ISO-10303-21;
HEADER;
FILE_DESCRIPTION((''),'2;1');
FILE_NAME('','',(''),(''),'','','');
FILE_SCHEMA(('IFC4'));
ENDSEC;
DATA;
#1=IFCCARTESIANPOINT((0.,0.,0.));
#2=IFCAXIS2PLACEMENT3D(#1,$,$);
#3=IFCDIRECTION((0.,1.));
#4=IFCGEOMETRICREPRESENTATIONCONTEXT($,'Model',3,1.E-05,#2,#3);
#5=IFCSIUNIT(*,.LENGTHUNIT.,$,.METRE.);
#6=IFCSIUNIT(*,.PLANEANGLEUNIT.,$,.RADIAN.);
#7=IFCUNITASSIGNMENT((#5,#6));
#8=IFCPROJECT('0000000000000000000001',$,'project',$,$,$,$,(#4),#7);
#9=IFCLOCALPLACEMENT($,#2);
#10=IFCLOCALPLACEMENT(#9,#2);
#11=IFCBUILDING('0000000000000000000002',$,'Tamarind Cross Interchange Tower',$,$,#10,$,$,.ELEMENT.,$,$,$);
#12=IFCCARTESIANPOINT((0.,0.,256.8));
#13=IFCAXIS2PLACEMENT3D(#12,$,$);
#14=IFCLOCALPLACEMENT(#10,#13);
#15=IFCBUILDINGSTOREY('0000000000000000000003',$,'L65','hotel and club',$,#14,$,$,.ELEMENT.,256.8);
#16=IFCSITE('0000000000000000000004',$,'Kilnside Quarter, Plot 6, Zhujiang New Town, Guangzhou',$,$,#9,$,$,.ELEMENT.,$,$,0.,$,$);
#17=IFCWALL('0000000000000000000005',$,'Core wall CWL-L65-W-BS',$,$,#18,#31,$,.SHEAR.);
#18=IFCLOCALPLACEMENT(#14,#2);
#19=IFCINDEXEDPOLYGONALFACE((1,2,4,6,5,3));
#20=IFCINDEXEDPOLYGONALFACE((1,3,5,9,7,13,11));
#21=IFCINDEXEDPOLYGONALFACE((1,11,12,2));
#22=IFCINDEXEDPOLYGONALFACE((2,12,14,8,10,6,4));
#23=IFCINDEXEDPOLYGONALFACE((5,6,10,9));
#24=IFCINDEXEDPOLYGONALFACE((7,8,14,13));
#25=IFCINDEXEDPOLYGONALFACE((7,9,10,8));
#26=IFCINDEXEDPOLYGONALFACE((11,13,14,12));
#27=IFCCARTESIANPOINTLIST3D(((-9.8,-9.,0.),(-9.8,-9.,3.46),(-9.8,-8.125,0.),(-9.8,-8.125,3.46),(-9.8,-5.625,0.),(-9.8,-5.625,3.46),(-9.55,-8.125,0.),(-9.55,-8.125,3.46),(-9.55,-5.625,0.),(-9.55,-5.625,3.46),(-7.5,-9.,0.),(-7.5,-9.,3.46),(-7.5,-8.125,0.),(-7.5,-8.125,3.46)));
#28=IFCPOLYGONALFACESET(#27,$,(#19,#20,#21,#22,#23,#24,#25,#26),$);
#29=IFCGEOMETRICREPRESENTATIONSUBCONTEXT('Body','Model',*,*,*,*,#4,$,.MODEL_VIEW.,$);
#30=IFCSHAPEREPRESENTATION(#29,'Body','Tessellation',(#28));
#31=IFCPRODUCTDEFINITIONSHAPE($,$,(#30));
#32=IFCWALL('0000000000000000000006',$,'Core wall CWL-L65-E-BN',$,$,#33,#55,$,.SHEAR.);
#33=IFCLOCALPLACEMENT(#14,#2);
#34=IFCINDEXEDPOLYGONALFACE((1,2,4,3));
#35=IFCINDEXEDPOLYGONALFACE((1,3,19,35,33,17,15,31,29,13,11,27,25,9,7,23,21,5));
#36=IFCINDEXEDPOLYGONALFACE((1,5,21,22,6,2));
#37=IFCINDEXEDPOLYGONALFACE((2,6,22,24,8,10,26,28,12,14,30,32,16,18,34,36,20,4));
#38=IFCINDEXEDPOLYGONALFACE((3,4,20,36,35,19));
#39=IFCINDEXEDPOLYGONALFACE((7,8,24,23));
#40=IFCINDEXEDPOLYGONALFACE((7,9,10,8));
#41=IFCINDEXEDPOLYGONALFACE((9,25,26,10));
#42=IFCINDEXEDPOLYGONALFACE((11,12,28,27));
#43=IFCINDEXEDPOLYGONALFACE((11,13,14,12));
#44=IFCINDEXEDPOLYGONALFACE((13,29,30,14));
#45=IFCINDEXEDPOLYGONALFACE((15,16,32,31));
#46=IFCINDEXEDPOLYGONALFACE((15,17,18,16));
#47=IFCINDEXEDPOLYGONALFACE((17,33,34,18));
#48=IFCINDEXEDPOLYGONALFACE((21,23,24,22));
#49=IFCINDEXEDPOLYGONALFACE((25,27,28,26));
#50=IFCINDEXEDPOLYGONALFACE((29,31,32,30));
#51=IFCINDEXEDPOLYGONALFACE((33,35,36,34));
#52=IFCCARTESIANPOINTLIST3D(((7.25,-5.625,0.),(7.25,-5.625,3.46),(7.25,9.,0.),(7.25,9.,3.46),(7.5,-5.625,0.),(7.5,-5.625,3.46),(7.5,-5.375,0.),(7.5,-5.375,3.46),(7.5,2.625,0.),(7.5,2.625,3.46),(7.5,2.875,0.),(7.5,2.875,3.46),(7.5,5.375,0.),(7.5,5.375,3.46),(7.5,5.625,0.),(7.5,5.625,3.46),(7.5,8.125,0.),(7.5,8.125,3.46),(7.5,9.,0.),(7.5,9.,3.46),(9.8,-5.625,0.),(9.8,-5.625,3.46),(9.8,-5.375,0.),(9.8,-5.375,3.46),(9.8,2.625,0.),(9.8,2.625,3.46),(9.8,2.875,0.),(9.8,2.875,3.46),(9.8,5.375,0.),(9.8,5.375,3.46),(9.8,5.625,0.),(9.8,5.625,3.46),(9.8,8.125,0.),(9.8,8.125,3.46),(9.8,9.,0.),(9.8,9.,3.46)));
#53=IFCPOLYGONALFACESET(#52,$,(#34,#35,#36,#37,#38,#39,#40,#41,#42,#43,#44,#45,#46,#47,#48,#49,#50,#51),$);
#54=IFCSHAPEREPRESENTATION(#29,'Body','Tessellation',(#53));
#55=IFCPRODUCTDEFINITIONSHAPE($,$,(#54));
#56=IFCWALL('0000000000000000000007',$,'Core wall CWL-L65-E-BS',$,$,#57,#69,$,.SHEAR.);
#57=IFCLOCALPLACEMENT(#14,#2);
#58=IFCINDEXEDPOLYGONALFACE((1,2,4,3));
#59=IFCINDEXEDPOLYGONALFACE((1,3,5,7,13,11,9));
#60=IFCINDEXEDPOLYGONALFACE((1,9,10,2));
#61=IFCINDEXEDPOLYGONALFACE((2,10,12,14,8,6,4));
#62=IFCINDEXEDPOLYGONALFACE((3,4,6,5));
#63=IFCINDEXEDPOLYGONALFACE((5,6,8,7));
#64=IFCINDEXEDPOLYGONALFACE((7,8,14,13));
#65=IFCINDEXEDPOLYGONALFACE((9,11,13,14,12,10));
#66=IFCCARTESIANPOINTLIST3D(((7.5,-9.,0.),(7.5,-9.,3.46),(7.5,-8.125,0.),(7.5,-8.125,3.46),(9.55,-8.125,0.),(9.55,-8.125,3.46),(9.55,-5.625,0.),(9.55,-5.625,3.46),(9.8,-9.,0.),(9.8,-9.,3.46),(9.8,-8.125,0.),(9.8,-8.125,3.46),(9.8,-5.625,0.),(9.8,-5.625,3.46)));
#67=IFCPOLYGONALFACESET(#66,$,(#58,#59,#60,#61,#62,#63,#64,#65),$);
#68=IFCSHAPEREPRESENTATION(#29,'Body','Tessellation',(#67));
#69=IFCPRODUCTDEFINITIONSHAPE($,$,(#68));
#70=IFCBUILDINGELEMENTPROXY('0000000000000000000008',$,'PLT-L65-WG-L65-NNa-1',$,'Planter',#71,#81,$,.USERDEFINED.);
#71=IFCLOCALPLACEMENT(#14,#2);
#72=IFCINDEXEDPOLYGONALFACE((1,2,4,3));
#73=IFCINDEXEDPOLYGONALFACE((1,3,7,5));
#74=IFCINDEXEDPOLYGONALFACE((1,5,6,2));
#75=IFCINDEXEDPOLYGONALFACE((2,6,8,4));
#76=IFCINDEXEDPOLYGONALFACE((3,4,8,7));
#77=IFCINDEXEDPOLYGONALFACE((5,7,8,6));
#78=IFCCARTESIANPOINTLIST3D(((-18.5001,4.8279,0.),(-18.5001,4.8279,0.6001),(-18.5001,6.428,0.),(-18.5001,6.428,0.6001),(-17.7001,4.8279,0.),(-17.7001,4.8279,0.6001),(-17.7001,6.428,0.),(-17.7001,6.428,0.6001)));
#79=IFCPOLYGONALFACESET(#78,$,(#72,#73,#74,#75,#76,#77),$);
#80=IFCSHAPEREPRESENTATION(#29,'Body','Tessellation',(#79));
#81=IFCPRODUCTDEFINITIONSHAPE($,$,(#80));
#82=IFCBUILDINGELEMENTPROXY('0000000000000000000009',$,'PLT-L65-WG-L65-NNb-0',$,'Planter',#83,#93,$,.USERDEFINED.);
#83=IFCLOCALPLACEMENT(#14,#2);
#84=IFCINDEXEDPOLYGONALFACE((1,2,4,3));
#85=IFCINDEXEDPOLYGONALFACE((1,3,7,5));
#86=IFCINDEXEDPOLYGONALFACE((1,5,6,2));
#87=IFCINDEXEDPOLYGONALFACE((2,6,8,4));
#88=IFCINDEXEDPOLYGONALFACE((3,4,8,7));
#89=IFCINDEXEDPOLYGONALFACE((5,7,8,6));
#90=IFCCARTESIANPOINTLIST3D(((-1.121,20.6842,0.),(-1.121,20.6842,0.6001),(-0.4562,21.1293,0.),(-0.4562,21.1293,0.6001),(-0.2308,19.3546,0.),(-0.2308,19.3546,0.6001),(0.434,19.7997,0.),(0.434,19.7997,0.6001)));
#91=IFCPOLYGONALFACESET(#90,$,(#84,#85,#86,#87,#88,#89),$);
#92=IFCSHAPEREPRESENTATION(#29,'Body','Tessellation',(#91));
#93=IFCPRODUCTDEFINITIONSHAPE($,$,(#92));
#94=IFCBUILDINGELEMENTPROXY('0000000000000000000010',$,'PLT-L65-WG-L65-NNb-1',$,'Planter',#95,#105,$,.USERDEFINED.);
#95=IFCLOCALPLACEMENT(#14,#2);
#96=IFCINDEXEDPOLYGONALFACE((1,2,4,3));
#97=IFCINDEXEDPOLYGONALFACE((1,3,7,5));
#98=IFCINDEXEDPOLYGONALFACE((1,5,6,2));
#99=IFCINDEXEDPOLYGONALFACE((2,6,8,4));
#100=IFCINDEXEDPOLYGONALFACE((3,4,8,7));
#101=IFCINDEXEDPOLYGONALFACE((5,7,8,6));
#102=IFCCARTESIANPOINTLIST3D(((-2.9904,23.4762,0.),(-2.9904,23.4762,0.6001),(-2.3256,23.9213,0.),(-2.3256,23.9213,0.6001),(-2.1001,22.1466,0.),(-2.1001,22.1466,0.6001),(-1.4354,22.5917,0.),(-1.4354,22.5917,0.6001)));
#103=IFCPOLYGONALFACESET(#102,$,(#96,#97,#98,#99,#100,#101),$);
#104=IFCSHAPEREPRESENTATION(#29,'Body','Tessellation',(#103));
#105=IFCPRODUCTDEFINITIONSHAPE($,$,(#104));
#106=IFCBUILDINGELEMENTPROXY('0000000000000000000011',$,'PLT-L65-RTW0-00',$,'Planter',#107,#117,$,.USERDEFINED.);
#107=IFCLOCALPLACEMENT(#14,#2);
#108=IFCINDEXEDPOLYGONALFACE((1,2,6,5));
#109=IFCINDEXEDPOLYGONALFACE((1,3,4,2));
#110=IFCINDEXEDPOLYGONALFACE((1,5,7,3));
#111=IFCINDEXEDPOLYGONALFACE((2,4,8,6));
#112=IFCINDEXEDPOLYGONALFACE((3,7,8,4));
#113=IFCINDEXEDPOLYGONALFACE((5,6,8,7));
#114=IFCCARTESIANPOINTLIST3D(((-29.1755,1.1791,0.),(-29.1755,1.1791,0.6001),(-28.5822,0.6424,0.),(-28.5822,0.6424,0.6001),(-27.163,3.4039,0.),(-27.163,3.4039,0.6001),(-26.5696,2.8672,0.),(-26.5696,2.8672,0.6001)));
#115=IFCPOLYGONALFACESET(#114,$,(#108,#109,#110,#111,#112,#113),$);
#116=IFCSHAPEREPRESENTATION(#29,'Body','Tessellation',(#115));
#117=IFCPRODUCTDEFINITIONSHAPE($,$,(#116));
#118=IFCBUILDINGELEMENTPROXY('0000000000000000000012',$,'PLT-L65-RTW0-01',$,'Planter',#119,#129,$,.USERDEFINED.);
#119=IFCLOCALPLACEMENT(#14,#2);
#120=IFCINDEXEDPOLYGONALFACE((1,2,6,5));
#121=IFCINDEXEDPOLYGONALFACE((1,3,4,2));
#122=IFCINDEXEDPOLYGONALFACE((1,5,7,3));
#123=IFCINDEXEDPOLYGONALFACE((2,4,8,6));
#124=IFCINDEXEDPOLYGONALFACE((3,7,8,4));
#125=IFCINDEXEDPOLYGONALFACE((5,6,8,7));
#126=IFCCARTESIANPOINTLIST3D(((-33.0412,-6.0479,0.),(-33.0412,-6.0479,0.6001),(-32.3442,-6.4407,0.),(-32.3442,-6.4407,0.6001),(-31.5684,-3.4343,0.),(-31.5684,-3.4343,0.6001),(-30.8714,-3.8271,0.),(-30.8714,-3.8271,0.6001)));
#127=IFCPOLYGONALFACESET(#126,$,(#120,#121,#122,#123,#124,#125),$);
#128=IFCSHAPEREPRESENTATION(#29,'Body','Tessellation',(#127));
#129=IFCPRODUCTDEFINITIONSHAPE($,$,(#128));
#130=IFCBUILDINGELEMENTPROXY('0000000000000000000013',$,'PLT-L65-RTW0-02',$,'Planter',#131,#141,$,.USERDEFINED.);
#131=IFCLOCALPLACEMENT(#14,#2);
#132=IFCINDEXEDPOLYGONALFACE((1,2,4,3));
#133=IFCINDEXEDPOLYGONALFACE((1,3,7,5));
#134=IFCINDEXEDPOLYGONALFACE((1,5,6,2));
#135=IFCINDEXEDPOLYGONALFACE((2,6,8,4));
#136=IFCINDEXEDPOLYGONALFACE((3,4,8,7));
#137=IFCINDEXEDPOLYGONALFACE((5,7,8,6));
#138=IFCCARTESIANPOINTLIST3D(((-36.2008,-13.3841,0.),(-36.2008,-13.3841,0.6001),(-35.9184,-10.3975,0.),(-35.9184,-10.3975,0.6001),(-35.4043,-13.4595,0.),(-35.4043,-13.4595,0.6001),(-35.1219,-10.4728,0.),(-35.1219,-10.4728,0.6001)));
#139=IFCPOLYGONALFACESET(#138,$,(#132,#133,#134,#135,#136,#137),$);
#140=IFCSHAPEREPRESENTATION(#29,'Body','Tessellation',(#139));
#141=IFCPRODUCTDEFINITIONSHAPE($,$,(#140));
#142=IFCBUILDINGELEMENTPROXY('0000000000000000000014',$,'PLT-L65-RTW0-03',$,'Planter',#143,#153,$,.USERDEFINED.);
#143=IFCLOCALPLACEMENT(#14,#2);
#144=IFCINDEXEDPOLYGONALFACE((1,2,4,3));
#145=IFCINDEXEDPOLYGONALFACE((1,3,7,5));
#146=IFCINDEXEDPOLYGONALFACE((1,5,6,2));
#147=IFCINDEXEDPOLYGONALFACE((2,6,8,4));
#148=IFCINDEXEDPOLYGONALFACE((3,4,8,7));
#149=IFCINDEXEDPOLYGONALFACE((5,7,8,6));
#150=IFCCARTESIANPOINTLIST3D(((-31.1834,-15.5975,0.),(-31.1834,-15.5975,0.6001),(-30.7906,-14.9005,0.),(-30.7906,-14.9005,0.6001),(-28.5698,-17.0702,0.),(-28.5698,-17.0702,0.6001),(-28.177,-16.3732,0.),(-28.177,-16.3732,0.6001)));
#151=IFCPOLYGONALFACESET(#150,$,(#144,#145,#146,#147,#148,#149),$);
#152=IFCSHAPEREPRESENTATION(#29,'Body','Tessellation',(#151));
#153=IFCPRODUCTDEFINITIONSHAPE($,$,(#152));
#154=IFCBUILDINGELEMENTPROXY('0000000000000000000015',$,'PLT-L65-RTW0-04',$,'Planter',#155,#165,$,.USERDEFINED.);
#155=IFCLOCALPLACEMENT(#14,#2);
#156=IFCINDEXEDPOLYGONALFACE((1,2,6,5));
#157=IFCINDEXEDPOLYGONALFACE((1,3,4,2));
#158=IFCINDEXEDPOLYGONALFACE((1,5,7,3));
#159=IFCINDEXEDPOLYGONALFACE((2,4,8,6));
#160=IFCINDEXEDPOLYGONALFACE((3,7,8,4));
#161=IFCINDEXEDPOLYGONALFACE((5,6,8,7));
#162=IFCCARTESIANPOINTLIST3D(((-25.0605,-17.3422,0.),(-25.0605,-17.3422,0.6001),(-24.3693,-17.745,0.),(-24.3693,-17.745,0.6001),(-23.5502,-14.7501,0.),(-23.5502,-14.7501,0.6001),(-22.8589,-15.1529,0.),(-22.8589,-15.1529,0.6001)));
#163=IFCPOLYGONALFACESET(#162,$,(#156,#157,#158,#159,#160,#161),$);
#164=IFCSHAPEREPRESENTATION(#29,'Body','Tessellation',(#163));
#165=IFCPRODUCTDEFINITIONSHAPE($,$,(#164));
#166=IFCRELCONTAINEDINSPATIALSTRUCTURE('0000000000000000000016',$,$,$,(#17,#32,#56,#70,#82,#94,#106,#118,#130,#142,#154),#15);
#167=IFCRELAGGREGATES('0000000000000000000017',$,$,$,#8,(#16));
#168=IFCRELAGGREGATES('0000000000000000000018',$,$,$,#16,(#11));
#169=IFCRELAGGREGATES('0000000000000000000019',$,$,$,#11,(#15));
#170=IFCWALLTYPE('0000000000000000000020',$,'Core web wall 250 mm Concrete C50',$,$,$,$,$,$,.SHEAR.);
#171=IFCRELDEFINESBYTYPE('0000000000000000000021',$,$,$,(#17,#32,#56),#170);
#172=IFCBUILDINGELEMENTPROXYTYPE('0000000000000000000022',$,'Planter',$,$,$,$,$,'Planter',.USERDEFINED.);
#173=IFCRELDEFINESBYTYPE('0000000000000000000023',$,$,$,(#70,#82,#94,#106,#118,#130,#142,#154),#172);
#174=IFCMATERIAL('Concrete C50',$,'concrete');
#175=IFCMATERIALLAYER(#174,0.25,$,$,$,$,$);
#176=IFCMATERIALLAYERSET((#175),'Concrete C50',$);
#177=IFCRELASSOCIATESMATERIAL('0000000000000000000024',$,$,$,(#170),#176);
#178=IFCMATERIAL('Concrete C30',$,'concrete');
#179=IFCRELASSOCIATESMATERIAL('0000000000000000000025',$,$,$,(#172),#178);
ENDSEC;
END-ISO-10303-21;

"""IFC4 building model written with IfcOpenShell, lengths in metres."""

from ifc_helpers import new_model, si_unit, direction, frame, origin, origin_2d, place, context, subcontext, project, spatial, polyline, rectangle, outline, extrude, material, layer, layer_set, type_object, element, save


model = new_model("IFC4")

# Units and contexts
model_context = context("Model", 3, precision=1e-05, world=origin(), true_north=direction((0.0, 1.0)))
body_context = subcontext(model_context, "Body", "Model", "MODEL_VIEW")
ifc_project = project(units=[si_unit("LENGTHUNIT", "METRE"), si_unit("PLANEANGLEUNIT", "RADIAN")], contexts=[model_context])

# Site, building, storey
site_placement = place(None, origin())
site = spatial("IfcSite", under=ifc_project, at=site_placement, Name="Kilnside Quarter, Plot 6, Zhujiang New Town, Guangzhou", CompositionType="ELEMENT", RefElevation=0.0)
building_placement = place(site_placement, origin())
building = spatial("IfcBuilding", under=site, at=building_placement, Name="Tamarind Cross Interchange Tower", CompositionType="ELEMENT")
storey_placement = place(building_placement, frame((0.0, 0.0, 256.8)))
storey = spatial("IfcBuildingStorey", under=building, at=storey_placement, Name="L65", Description="hotel and club", CompositionType="ELEMENT", Elevation=256.8)

# Walls
ifc_material_1 = material(Name="Concrete C50", Category="concrete")
ifc_layer_1 = layer(ifc_material_1, 0.25)
ifc_layer_set_1 = layer_set([ifc_layer_1], Name="Concrete C50")
wall_type_1 = type_object("IfcWallType", Name="Core web wall 250 mm Concrete C50", PredefinedType="SHEAR", material=ifc_layer_set_1)
wall_1_placement = place(storey_placement, origin())
element("IfcWall", 1, at=wall_1_placement, inside=storey, type_object=wall_type_1, Name="Core wall CWL-L65-W-BS", PredefinedType="SHEAR", context=body_context, shape_type="SweptSolid", body=[
    extrude(outline(polyline([(-7.5, -8.125), (-9.55, -8.125), (-9.55, -5.625), (-9.8, -5.625), (-9.8, -8.125), (-9.8, -9.0), (-7.5, -9.0), (-7.5, -8.125)])), origin(), (0.0, 0.0, 1.0), 3.46),
])
wall_2_placement = place(storey_placement, origin())
element("IfcWall", 2, at=wall_2_placement, inside=storey, type_object=wall_type_1, Name="Core wall CWL-L65-E-BN", PredefinedType="SHEAR", context=body_context, shape_type="SweptSolid", body=[
    extrude(outline(polyline([(9.8, -5.375), (7.5, -5.375), (7.5, 2.625), (9.8, 2.625), (9.8, 2.875), (7.5, 2.875), (7.5, 5.375), (9.8, 5.375), (9.8, 5.625), (7.5, 5.625), (7.5, 8.125), (9.8, 8.125), (9.8, 9.0), (7.5, 9.0), (7.25, 9.0), (7.25, -5.625), (7.5, -5.625), (9.8, -5.625), (9.8, -5.375)])), origin(), (0.0, 0.0, 1.0), 3.46),
])
wall_3_placement = place(storey_placement, origin())
element("IfcWall", 3, at=wall_3_placement, inside=storey, type_object=wall_type_1, Name="Core wall CWL-L65-E-BS", PredefinedType="SHEAR", context=body_context, shape_type="SweptSolid", body=[
    extrude(outline(polyline([(7.5, -8.125), (7.5, -9.0), (9.8, -9.0), (9.8, -8.125), (9.8, -5.625), (9.55, -5.625), (9.55, -8.125), (7.5, -8.125)])), origin(), (0.0, 0.0, 1.0), 3.46),
])

# Building element proxies
ifc_material_2 = material(Name="Concrete C30", Category="concrete")
building_element_proxy_type = type_object("IfcBuildingElementProxyType", Name="Planter", ElementType="Planter", PredefinedType="USERDEFINED", material=ifc_material_2)
proxy_1_placement = place(storey_placement, origin())
element("IfcBuildingElementProxy", 4, at=proxy_1_placement, inside=storey, type_object=building_element_proxy_type, Name="PLT-L65-WG-L65-NNa-1", ObjectType="Planter", PredefinedType="USERDEFINED", context=body_context, shape_type="SweptSolid", body=[
    extrude(rectangle(XDim=1.6001, YDim=0.8, at=origin_2d()), frame((-18.1001, 5.6279, 0.0), z_axis=(0.0, 0.0, 1.0), x_axis=(0.0, -1.0, 0.0)), (0.0, 0.0, 1.0), 0.6001),
])
proxy_2_placement = place(storey_placement, origin())
element("IfcBuildingElementProxy", 5, at=proxy_2_placement, inside=storey, type_object=building_element_proxy_type, Name="PLT-L65-WG-L65-NNb-0", ObjectType="Planter", PredefinedType="USERDEFINED", context=body_context, shape_type="SweptSolid", body=[
    extrude(rectangle(XDim=1.6001, YDim=0.8, at=origin_2d()), frame((-0.3435, 20.2419, 0.0), z_axis=(0.0, 0.0, 1.0), x_axis=(-0.556383, 0.830926, 0.0)), (0.0, 0.0, 1.0), 0.6001),
])
proxy_3_placement = place(storey_placement, origin())
element("IfcBuildingElementProxy", 6, at=proxy_3_placement, inside=storey, type_object=building_element_proxy_type, Name="PLT-L65-WG-L65-NNb-1", ObjectType="Planter", PredefinedType="USERDEFINED", context=body_context, shape_type="SweptSolid", body=[
    extrude(rectangle(XDim=1.6001, YDim=0.8, at=origin_2d()), frame((-2.2129, 23.0339, 0.0), z_axis=(0.0, 0.0, 1.0), x_axis=(-0.556383, 0.830926, 0.0)), (0.0, 0.0, 1.0), 0.6001),
])
proxy_4_placement = place(storey_placement, origin())
element("IfcBuildingElementProxy", 7, at=proxy_4_placement, inside=storey, type_object=building_element_proxy_type, Name="PLT-L65-RTW0-00", ObjectType="Planter", PredefinedType="USERDEFINED", context=body_context, shape_type="SweptSolid", body=[
    extrude(rectangle(XDim=3.0, YDim=0.8, at=origin_2d()), frame((-27.8726, 2.0232, 0.0), z_axis=(0.0, 0.0, 1.0), x_axis=(-0.670843, -0.741599, 0.0)), (0.0, 0.0, 1.0), 0.6001),
])
proxy_5_placement = place(storey_placement, origin())
element("IfcBuildingElementProxy", 8, at=proxy_5_placement, inside=storey, type_object=building_element_proxy_type, Name="PLT-L65-RTW0-01", ObjectType="Planter", PredefinedType="USERDEFINED", context=body_context, shape_type="SweptSolid", body=[
    extrude(rectangle(XDim=3.0, YDim=0.8, at=origin_2d()), frame((-31.9563, -4.9375, 0.0), z_axis=(0.0, 0.0, 1.0), x_axis=(-0.490928, -0.8712, 0.0)), (0.0, 0.0, 1.0), 0.6001),
])
proxy_6_placement = place(storey_placement, origin())
element("IfcBuildingElementProxy", 9, at=proxy_6_placement, inside=storey, type_object=building_element_proxy_type, Name="PLT-L65-RTW0-02", ObjectType="Planter", PredefinedType="USERDEFINED", context=body_context, shape_type="SweptSolid", body=[
    extrude(rectangle(XDim=3.0, YDim=0.8, at=origin_2d()), frame((-35.6614, -11.9285, 0.0), z_axis=(0.0, 0.0, 1.0), x_axis=(-0.094136, -0.995559, 0.0)), (0.0, 0.0, 1.0), 0.6001),
])
proxy_7_placement = place(storey_placement, origin())
element("IfcBuildingElementProxy", 10, at=proxy_7_placement, inside=storey, type_object=building_element_proxy_type, Name="PLT-L65-RTW0-03", ObjectType="Planter", PredefinedType="USERDEFINED", context=body_context, shape_type="SweptSolid", body=[
    extrude(rectangle(XDim=3.0, YDim=0.8, at=origin_2d()), frame((-29.6802, -15.9854, 0.0), z_axis=(0.0, 0.0, 1.0), x_axis=(0.8712, -0.490928, 0.0)), (0.0, 0.0, 1.0), 0.6001),
])
proxy_8_placement = place(storey_placement, origin())
element("IfcBuildingElementProxy", 11, at=proxy_8_placement, inside=storey, type_object=building_element_proxy_type, Name="PLT-L65-RTW0-04", ObjectType="Planter", PredefinedType="USERDEFINED", context=body_context, shape_type="SweptSolid", body=[
    extrude(rectangle(XDim=3.0, YDim=0.8, at=origin_2d()), frame((-23.9597, -16.2476, 0.0), z_axis=(0.0, 0.0, 1.0), x_axis=(0.503461, 0.864018, 0.0)), (0.0, 0.0, 1.0), 0.6001),
])

save(model, "model.ifc")
